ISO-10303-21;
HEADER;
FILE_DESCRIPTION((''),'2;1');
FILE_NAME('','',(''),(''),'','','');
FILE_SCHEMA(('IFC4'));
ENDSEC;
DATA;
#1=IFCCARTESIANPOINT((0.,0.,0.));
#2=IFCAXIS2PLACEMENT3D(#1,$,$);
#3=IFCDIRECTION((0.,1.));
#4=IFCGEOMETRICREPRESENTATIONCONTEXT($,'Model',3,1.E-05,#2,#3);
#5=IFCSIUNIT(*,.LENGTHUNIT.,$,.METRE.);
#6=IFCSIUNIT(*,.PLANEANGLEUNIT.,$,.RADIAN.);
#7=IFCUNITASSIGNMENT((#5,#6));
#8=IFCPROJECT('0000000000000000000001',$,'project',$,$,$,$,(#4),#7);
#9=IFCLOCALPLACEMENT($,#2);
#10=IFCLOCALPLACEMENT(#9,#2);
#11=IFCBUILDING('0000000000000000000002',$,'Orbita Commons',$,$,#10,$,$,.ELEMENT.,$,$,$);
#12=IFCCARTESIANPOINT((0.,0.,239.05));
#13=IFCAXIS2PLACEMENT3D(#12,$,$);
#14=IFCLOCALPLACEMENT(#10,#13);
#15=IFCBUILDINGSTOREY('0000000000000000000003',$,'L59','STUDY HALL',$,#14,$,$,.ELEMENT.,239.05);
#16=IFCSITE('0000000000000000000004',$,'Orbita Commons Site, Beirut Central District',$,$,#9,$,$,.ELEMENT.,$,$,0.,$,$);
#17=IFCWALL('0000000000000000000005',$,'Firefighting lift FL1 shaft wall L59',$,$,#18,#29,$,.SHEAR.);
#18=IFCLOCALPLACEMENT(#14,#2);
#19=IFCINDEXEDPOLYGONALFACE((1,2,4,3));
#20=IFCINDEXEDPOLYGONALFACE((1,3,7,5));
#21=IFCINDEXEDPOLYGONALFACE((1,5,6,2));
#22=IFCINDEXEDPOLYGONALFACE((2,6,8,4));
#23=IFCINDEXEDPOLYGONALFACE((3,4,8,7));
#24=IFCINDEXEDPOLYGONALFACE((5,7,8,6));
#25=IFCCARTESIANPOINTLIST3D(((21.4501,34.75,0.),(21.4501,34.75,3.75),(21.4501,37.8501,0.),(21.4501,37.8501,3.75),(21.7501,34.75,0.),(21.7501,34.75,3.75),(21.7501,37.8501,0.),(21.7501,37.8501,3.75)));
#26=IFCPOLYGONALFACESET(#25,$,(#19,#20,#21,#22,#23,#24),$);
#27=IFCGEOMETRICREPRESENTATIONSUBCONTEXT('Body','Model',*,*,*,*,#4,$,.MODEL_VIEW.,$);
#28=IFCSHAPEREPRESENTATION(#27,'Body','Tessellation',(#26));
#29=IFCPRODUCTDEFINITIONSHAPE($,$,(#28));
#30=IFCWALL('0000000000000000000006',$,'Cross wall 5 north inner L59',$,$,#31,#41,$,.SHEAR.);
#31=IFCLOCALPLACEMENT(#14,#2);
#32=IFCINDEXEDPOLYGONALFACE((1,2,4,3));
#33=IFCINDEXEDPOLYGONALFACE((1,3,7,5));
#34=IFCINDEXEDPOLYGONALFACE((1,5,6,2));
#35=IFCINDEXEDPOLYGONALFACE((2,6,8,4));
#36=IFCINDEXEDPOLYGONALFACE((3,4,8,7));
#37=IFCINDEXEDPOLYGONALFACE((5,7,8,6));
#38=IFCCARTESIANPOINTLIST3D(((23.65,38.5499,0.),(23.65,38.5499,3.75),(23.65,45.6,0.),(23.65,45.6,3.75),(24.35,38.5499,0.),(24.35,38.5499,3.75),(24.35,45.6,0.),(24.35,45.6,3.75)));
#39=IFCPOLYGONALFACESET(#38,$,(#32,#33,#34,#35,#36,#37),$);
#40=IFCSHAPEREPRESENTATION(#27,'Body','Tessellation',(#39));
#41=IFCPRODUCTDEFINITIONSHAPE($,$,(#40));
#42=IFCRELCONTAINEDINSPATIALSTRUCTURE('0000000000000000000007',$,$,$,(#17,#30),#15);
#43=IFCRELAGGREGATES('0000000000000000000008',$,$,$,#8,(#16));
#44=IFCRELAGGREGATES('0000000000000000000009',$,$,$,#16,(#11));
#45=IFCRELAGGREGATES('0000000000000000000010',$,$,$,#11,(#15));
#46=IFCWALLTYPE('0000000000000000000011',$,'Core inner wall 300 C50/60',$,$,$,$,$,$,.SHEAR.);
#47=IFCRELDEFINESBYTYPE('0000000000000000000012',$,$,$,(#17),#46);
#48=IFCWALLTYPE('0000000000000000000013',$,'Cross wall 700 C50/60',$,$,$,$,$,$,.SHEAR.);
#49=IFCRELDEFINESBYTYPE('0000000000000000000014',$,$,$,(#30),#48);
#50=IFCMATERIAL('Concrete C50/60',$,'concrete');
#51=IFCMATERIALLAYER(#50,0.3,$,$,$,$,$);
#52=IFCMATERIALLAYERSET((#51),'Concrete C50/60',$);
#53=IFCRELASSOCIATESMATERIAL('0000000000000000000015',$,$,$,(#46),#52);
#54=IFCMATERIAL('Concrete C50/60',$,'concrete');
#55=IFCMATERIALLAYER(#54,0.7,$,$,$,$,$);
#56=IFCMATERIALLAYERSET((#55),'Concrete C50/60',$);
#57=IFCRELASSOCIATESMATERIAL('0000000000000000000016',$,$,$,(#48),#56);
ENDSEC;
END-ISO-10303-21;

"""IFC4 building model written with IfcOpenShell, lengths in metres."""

from ifc_helpers import new_model, si_unit, direction, frame, frame_2d, origin, place, context, subcontext, project, spatial, rectangle, extrude, material, layer, layer_set, type_object, element, save


model = new_model("IFC4")

# Units and contexts
model_context = context("Model", 3, precision=1e-05, world=origin(), true_north=direction((0.0, 1.0)))
body_context = subcontext(model_context, "Body", "Model", "MODEL_VIEW")
ifc_project = project(units=[si_unit("LENGTHUNIT", "METRE"), si_unit("PLANEANGLEUNIT", "RADIAN")], contexts=[model_context])

# Site, building, storey
site_placement = place(None, origin())
site = spatial("IfcSite", under=ifc_project, at=site_placement, Name="Orbita Commons Site, Beirut Central District", CompositionType="ELEMENT", RefElevation=0.0)
building_placement = place(site_placement, origin())
building = spatial("IfcBuilding", under=site, at=building_placement, Name="Orbita Commons", CompositionType="ELEMENT")
storey_placement = place(building_placement, frame((0.0, 0.0, 239.05)))
storey = spatial("IfcBuildingStorey", under=building, at=storey_placement, Name="L59", Description="STUDY HALL", CompositionType="ELEMENT", Elevation=239.05)

# Walls
ifc_material_1 = material(Name="Concrete C50/60", Category="concrete")
ifc_layer_1 = layer(ifc_material_1, 0.3)
ifc_layer_set_1 = layer_set([ifc_layer_1], Name="Concrete C50/60")
wall_type_1 = type_object("IfcWallType", Name="Core inner wall 300 C50/60", PredefinedType="SHEAR", material=ifc_layer_set_1)
wall_1_placement = place(storey_placement, frame((21.6001, 34.75, 0.0), z_axis=(0.0, 0.0, 1.0), x_axis=(0.0, 1.0, 0.0)))
element("IfcWall", 1, at=wall_1_placement, inside=storey, type_object=wall_type_1, Name="Firefighting lift FL1 shaft wall L59", PredefinedType="SHEAR", context=body_context, shape_type="SweptSolid", body=[
    extrude(rectangle(XDim=3.1001, YDim=0.3, at=frame_2d((1.55, 0.0))), origin(), (0.0, 0.0, 1.0), 3.75),
])
ifc_material_2 = material(Name="Concrete C50/60", Category="concrete")
ifc_layer_2 = layer(ifc_material_2, 0.7)
ifc_layer_set_2 = layer_set([ifc_layer_2], Name="Concrete C50/60")
wall_type_2 = type_object("IfcWallType", Name="Cross wall 700 C50/60", PredefinedType="SHEAR", material=ifc_layer_set_2)
wall_2_placement = place(storey_placement, frame((24.0, 38.55, 0.0), z_axis=(0.0, 0.0, 1.0), x_axis=(0.0, 1.0, 0.0)))
element("IfcWall", 2, at=wall_2_placement, inside=storey, type_object=wall_type_2, Name="Cross wall 5 north inner L59", PredefinedType="SHEAR", context=body_context, shape_type="SweptSolid", body=[
    extrude(rectangle(XDim=7.05, YDim=0.7, at=frame_2d((3.5249, 0.0))), origin(), (0.0, 0.0, 1.0), 3.75),
])

save(model, "model.ifc")
